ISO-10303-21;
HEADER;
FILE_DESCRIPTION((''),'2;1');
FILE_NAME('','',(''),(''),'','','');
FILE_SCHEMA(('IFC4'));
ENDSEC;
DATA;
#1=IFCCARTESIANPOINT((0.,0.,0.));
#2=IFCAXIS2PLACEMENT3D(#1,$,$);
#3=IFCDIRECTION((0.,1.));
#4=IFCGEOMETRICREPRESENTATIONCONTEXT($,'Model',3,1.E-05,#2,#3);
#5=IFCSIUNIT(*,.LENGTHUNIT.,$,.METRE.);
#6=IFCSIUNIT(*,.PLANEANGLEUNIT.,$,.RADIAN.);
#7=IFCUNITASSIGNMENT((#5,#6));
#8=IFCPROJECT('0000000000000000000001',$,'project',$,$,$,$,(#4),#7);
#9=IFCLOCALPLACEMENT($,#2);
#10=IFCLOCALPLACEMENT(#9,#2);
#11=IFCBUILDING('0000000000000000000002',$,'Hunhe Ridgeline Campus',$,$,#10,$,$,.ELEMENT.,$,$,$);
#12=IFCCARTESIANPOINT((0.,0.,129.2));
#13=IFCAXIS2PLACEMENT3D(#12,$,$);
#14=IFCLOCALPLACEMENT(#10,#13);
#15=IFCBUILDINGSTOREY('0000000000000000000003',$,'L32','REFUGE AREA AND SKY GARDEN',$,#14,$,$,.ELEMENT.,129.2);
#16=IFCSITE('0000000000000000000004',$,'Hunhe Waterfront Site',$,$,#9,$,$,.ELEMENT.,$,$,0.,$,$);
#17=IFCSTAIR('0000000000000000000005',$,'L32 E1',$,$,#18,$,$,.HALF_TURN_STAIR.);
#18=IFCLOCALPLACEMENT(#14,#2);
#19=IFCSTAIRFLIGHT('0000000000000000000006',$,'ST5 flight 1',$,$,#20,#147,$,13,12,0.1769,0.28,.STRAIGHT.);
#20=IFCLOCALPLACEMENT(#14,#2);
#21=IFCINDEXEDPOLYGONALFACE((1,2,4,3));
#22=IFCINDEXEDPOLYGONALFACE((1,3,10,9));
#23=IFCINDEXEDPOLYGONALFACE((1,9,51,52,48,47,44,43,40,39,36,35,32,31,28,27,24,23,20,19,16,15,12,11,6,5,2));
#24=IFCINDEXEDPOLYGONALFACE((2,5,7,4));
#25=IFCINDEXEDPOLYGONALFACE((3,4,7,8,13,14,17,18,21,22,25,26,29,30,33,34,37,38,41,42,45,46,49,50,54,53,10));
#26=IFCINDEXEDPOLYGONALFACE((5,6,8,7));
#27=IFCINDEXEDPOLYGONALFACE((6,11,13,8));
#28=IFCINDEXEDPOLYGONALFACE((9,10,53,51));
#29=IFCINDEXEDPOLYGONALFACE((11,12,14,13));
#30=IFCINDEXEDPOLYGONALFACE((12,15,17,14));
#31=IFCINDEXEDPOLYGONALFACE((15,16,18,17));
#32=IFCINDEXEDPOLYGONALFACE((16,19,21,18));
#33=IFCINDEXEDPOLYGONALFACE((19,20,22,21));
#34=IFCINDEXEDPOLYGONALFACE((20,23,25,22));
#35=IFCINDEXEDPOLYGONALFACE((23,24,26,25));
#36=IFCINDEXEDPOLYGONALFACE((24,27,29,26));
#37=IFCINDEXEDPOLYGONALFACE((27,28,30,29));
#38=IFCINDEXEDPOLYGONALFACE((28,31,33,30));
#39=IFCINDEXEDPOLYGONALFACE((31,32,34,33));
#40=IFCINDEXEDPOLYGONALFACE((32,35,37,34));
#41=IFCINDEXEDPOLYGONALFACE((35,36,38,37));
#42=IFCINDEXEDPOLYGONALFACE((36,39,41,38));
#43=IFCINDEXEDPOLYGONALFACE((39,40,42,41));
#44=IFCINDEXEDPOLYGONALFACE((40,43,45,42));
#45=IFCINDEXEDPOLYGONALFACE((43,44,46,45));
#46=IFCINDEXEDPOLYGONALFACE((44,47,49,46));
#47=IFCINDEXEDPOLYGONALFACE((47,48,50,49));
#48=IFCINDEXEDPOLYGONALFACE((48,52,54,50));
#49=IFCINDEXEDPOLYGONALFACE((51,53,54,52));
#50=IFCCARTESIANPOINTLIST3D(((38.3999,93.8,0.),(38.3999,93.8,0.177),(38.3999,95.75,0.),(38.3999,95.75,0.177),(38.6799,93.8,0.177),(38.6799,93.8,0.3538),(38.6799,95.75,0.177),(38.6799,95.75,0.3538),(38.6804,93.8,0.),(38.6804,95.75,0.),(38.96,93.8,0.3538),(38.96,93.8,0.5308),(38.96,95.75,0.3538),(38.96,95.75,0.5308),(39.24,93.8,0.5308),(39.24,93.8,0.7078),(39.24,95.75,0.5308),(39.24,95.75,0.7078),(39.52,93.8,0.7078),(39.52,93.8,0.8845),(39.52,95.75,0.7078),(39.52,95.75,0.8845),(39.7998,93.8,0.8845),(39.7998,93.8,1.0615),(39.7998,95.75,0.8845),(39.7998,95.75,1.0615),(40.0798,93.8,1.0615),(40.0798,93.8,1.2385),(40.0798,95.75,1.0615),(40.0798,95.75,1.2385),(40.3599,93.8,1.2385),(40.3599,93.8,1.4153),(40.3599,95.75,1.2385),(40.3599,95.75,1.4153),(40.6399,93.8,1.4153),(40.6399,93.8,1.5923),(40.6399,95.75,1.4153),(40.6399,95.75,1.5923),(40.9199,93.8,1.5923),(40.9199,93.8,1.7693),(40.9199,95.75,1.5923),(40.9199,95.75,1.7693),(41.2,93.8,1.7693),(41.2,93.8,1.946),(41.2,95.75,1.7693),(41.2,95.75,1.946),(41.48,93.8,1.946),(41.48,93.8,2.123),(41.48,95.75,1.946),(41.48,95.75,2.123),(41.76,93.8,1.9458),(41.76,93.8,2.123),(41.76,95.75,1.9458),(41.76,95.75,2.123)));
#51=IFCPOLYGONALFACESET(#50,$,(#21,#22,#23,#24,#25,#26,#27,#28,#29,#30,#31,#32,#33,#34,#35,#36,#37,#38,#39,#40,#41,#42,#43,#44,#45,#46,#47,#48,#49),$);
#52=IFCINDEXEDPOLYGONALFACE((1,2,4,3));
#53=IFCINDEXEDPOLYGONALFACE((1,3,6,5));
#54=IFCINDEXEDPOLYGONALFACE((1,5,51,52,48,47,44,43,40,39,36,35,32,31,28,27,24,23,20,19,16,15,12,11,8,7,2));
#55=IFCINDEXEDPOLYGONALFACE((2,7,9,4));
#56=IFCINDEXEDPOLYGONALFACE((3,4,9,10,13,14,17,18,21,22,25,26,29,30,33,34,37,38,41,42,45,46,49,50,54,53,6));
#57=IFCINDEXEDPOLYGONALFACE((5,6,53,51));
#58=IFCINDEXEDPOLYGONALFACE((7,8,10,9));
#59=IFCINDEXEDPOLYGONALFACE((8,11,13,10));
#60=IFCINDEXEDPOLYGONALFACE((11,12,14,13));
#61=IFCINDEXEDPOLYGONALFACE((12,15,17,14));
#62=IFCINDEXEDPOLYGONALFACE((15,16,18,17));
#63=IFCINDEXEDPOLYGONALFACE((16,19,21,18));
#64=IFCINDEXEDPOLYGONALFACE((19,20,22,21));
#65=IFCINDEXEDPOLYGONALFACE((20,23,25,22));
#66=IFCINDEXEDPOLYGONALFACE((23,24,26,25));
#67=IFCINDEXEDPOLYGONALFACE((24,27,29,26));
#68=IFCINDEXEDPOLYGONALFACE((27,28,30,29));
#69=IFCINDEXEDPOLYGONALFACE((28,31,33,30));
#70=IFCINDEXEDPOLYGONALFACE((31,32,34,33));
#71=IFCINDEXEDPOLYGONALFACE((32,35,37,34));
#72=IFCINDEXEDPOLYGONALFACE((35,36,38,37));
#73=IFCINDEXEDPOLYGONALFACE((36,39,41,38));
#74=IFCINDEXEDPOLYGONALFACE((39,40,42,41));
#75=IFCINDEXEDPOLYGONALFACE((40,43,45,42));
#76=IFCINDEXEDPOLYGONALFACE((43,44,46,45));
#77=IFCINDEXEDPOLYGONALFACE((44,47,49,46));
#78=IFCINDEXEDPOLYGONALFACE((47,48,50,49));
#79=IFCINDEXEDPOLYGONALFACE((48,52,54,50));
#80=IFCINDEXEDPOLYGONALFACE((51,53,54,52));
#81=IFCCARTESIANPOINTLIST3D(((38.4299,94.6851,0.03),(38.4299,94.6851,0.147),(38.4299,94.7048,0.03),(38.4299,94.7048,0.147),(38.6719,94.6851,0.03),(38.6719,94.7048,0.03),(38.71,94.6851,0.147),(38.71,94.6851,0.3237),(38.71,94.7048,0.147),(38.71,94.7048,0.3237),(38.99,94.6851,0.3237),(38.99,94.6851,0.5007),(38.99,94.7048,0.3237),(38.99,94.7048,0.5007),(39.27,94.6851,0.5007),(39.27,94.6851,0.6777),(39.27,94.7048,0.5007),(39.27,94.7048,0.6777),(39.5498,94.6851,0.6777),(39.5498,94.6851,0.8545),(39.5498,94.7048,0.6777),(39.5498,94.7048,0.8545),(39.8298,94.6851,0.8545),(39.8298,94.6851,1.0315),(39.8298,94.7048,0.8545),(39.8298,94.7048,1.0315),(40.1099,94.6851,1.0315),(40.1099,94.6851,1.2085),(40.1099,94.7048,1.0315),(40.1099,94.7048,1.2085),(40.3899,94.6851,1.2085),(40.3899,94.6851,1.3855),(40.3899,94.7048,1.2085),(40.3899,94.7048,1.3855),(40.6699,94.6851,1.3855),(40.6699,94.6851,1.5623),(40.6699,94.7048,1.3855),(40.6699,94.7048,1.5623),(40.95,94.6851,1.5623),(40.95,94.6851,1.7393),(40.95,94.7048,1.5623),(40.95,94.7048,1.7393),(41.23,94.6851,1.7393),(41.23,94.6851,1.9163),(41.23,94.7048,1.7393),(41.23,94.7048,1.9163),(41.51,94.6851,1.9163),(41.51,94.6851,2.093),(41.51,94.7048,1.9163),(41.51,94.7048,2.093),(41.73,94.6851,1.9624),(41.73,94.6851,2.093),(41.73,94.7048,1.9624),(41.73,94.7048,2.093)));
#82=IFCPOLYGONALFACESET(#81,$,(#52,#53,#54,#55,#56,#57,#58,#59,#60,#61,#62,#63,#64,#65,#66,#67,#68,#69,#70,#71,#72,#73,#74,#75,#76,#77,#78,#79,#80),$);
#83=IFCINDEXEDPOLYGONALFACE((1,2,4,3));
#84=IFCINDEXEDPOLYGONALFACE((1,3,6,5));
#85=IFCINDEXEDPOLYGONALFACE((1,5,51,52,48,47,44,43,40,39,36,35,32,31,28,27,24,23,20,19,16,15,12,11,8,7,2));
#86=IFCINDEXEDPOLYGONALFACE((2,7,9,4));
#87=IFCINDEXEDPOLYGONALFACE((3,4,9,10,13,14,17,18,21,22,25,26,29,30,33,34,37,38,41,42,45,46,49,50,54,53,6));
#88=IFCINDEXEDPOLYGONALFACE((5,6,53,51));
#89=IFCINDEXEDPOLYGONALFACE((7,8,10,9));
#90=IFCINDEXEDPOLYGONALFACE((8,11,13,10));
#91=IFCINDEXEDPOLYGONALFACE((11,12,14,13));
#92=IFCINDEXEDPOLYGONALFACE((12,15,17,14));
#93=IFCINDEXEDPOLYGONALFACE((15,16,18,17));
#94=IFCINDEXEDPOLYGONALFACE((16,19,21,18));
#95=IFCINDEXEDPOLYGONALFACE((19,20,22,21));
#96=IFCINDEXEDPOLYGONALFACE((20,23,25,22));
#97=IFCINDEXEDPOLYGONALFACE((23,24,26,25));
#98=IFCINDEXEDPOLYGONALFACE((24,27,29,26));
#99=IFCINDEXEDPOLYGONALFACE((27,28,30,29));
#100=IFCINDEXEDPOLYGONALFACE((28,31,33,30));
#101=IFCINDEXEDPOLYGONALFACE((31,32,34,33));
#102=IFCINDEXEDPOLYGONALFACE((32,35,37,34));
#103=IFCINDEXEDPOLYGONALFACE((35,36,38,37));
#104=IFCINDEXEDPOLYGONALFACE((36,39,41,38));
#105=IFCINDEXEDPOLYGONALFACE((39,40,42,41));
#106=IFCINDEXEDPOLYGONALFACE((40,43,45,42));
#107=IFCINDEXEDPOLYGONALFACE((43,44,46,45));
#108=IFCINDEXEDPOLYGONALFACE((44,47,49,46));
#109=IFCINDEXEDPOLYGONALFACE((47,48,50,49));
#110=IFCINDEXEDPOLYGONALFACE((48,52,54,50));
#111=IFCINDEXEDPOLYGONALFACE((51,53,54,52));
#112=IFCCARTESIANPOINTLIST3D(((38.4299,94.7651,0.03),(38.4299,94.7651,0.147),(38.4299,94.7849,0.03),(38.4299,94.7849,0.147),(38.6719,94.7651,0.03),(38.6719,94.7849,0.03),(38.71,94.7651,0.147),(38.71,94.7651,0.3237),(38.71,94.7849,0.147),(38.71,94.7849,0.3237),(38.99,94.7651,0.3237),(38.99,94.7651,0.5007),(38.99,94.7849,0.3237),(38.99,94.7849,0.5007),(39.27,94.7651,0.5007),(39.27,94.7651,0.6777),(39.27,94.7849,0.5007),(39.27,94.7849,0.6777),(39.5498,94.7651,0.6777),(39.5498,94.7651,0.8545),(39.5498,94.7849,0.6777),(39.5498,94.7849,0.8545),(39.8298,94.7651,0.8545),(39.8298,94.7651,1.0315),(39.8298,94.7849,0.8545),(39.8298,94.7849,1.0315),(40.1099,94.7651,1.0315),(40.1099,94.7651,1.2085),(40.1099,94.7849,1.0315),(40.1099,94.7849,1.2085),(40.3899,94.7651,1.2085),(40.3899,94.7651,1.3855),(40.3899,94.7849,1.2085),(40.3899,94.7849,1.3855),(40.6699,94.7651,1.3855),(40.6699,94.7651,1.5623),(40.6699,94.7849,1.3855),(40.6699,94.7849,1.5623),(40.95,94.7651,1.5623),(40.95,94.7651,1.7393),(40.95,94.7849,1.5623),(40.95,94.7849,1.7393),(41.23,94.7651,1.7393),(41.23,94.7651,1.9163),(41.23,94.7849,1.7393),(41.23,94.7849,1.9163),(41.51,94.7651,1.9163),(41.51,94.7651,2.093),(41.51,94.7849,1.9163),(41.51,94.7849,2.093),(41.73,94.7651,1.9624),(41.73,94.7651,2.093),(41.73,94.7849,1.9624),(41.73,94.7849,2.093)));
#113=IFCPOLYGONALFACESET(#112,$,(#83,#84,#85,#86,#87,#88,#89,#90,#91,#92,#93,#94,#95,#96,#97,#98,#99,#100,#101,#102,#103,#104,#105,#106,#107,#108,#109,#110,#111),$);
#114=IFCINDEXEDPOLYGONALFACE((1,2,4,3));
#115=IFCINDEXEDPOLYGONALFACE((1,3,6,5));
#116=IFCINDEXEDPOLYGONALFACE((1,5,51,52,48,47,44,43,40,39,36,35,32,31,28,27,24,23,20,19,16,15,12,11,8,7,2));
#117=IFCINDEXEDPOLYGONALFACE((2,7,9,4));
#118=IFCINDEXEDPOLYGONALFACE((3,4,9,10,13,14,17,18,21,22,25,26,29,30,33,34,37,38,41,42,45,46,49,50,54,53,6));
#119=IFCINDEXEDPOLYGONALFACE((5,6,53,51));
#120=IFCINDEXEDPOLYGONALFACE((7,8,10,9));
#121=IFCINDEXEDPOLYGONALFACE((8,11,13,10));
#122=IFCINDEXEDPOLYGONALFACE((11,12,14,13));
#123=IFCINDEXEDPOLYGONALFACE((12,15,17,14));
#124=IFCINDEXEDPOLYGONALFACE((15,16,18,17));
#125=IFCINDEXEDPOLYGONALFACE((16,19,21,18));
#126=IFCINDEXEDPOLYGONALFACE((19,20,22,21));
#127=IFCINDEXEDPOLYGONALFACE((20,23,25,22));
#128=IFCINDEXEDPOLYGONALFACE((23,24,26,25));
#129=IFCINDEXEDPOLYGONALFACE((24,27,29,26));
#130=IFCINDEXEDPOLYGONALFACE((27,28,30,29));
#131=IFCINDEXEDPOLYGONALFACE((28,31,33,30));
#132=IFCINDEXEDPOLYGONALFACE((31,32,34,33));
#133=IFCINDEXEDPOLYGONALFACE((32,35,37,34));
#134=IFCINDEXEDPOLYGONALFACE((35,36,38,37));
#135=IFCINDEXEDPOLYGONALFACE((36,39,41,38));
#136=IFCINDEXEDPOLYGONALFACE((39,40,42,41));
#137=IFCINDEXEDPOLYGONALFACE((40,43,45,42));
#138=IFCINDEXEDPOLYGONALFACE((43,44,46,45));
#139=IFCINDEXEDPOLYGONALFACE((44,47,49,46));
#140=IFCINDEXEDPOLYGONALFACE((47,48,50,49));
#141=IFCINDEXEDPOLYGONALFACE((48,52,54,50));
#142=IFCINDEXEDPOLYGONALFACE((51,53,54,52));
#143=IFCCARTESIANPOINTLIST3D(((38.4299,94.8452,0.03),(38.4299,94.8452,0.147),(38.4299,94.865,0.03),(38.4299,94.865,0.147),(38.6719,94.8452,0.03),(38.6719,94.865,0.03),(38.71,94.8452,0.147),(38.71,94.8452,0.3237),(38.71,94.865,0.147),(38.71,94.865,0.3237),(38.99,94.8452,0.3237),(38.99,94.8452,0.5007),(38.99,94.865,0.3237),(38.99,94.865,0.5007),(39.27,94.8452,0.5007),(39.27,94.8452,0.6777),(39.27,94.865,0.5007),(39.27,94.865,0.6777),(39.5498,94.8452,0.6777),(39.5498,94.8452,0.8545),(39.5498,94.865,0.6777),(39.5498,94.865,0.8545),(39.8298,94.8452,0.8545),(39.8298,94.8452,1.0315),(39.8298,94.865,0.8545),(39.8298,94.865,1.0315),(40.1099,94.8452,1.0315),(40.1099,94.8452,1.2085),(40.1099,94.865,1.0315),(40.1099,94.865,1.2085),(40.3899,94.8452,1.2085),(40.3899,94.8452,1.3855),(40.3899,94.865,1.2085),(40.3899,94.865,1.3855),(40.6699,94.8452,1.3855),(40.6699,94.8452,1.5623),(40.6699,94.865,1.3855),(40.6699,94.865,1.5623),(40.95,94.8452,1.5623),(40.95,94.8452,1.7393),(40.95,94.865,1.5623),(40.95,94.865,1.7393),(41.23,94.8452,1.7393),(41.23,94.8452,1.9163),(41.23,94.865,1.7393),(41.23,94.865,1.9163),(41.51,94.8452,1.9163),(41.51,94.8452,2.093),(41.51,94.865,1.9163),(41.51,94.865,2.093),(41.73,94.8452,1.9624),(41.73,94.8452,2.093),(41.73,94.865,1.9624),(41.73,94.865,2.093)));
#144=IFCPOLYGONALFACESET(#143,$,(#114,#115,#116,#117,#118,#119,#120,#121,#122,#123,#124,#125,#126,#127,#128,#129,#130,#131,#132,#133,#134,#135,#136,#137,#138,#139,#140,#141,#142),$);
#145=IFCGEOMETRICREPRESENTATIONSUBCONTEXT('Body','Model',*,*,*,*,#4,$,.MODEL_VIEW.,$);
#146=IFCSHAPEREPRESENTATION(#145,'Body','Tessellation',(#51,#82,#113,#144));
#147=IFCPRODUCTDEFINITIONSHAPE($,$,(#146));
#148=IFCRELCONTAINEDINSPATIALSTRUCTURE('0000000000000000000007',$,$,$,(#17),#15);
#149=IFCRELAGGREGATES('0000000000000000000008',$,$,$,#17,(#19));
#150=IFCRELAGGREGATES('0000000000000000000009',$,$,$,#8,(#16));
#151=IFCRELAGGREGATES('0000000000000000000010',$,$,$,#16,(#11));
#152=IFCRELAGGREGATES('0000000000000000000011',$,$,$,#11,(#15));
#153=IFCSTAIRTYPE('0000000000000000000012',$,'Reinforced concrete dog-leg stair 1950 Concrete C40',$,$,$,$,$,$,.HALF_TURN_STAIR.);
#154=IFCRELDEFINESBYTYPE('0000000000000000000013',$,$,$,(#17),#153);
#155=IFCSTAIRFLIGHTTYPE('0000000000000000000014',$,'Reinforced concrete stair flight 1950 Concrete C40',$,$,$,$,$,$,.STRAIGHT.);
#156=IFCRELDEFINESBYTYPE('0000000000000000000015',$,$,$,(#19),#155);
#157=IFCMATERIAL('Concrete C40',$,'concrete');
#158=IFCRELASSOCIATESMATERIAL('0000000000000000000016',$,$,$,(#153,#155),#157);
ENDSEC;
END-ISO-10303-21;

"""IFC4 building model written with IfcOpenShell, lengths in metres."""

from ifc_helpers import new_model, si_unit, direction, frame, origin, place, context, subcontext, project, spatial, polyline, outline, extrude, material, type_object, element, aggregate, save


model = new_model("IFC4")

# Units and contexts
model_context = context("Model", 3, precision=1e-05, world=origin(), true_north=direction((0.0, 1.0)))
body_context = subcontext(model_context, "Body", "Model", "MODEL_VIEW")
ifc_project = project(units=[si_unit("LENGTHUNIT", "METRE"), si_unit("PLANEANGLEUNIT", "RADIAN")], contexts=[model_context])

# Site, building, storey
site_placement = place(None, origin())
site = spatial("IfcSite", under=ifc_project, at=site_placement, Name="Hunhe Waterfront Site", CompositionType="ELEMENT", RefElevation=0.0)
building_placement = place(site_placement, origin())
building = spatial("IfcBuilding", under=site, at=building_placement, Name="Hunhe Ridgeline Campus", CompositionType="ELEMENT")
storey_placement = place(building_placement, frame((0.0, 0.0, 129.2)))
storey = spatial("IfcBuildingStorey", under=building, at=storey_placement, Name="L32", Description="REFUGE AREA AND SKY GARDEN", CompositionType="ELEMENT", Elevation=129.2)

# Stair, stair flight
ifc_material_1 = material(Name="Concrete C40", Category="concrete")
stair_type = type_object("IfcStairType", Name="Reinforced concrete dog-leg stair 1950 Concrete C40", PredefinedType="HALF_TURN_STAIR", material=ifc_material_1)
stair_placement = place(storey_placement, origin())
stair = element("IfcStair", 1, at=stair_placement, inside=storey, type_object=stair_type, Name="L32 E1", PredefinedType="HALF_TURN_STAIR")
stair_flight_type = type_object("IfcStairFlightType", Name="Reinforced concrete stair flight 1950 Concrete C40", PredefinedType="STRAIGHT", material=ifc_material_1)
stair_flight_1_placement = place(storey_placement, frame((38.3999, 94.7749, 0.0), z_axis=(0.0, 0.0, 1.0), x_axis=(1.0, 0.0, 0.0)))
stair_flight_1 = element("IfcStairFlight", 2, at=stair_flight_1_placement, type_object=stair_flight_type, Name="ST5 flight 1", NumberOfRisers=13, NumberOfTreads=12, PredefinedType="STRAIGHT", RiserHeight=0.1769, TreadLength=0.28, context=body_context, shape_type="SweptSolid", body=[
    extrude(outline(polyline([(0.0, 0.0), (0.0, 0.177), (0.28, 0.177), (0.28, 0.3538), (0.5601, 0.3538), (0.5601, 0.5308), (0.8401, 0.5308), (0.8401, 0.7078), (1.1201, 0.7078), (1.1201, 0.8845), (1.3999, 0.8845), (1.3999, 1.0615), (1.6799, 1.0615), (1.6799, 1.2385), (1.96, 1.2385), (1.96, 1.4153), (2.24, 1.4153), (2.24, 1.5923), (2.52, 1.5923), (2.52, 1.7693), (2.8, 1.7693), (2.8, 1.946), (3.0801, 1.946), (3.0801, 2.123), (3.3601, 2.123), (3.3601, 2.3), (3.3601, 1.9458), (0.2805, 0.0), (0.0, 0.0)])), frame((0.0, 0.9751, 0.0), z_axis=(0.0, -1.0, 0.0), x_axis=(1.0, 0.0, 0.0)), (0.0, 0.0, 1.0), 1.95),
    extrude(outline(polyline([(0.03, 0.03), (0.03, 0.147), (0.3101, 0.147), (0.3101, 0.3237), (0.5901, 0.3237), (0.5901, 0.5007), (0.8701, 0.5007), (0.8701, 0.6777), (1.1499, 0.6777), (1.1499, 0.8545), (1.4299, 0.8545), (1.4299, 1.0315), (1.71, 1.0315), (1.71, 1.2085), (1.99, 1.2085), (1.99, 1.3855), (2.27, 1.3855), (2.27, 1.5623), (2.55, 1.5623), (2.55, 1.7393), (2.8301, 1.7393), (2.8301, 1.9163), (3.1101, 1.9163), (3.1101, 2.093), (3.3301, 2.093), (3.3301, 1.9624), (0.272, 0.03), (0.03, 0.03)])), frame((0.0, -0.0701, 0.0), z_axis=(0.0, -1.0, 0.0), x_axis=(1.0, 0.0, 0.0)), (0.0, 0.0, 1.0), 0.0198),
    extrude(outline(polyline([(0.03, 0.03), (0.03, 0.147), (0.3101, 0.147), (0.3101, 0.3237), (0.5901, 0.3237), (0.5901, 0.5007), (0.8701, 0.5007), (0.8701, 0.6777), (1.1499, 0.6777), (1.1499, 0.8545), (1.4299, 0.8545), (1.4299, 1.0315), (1.71, 1.0315), (1.71, 1.2085), (1.99, 1.2085), (1.99, 1.3855), (2.27, 1.3855), (2.27, 1.5623), (2.55, 1.5623), (2.55, 1.7393), (2.8301, 1.7393), (2.8301, 1.9163), (3.1101, 1.9163), (3.1101, 2.093), (3.3301, 2.093), (3.3301, 1.9624), (0.272, 0.03), (0.03, 0.03)])), frame((0.0, 0.01, 0.0), z_axis=(0.0, -1.0, 0.0), x_axis=(1.0, 0.0, 0.0)), (0.0, 0.0, 1.0), 0.0198),
    extrude(outline(polyline([(0.03, 0.03), (0.03, 0.147), (0.3101, 0.147), (0.3101, 0.3237), (0.5901, 0.3237), (0.5901, 0.5007), (0.8701, 0.5007), (0.8701, 0.6777), (1.1499, 0.6777), (1.1499, 0.8545), (1.4299, 0.8545), (1.4299, 1.0315), (1.71, 1.0315), (1.71, 1.2085), (1.99, 1.2085), (1.99, 1.3855), (2.27, 1.3855), (2.27, 1.5623), (2.55, 1.5623), (2.55, 1.7393), (2.8301, 1.7393), (2.8301, 1.9163), (3.1101, 1.9163), (3.1101, 2.093), (3.3301, 2.093), (3.3301, 1.9624), (0.272, 0.03), (0.03, 0.03)])), frame((0.0, 0.0901, 0.0), z_axis=(0.0, -1.0, 0.0), x_axis=(1.0, 0.0, 0.0)), (0.0, 0.0, 1.0), 0.0198),
])
aggregate(stair, [stair_flight_1])

save(model, "model.ifc")
